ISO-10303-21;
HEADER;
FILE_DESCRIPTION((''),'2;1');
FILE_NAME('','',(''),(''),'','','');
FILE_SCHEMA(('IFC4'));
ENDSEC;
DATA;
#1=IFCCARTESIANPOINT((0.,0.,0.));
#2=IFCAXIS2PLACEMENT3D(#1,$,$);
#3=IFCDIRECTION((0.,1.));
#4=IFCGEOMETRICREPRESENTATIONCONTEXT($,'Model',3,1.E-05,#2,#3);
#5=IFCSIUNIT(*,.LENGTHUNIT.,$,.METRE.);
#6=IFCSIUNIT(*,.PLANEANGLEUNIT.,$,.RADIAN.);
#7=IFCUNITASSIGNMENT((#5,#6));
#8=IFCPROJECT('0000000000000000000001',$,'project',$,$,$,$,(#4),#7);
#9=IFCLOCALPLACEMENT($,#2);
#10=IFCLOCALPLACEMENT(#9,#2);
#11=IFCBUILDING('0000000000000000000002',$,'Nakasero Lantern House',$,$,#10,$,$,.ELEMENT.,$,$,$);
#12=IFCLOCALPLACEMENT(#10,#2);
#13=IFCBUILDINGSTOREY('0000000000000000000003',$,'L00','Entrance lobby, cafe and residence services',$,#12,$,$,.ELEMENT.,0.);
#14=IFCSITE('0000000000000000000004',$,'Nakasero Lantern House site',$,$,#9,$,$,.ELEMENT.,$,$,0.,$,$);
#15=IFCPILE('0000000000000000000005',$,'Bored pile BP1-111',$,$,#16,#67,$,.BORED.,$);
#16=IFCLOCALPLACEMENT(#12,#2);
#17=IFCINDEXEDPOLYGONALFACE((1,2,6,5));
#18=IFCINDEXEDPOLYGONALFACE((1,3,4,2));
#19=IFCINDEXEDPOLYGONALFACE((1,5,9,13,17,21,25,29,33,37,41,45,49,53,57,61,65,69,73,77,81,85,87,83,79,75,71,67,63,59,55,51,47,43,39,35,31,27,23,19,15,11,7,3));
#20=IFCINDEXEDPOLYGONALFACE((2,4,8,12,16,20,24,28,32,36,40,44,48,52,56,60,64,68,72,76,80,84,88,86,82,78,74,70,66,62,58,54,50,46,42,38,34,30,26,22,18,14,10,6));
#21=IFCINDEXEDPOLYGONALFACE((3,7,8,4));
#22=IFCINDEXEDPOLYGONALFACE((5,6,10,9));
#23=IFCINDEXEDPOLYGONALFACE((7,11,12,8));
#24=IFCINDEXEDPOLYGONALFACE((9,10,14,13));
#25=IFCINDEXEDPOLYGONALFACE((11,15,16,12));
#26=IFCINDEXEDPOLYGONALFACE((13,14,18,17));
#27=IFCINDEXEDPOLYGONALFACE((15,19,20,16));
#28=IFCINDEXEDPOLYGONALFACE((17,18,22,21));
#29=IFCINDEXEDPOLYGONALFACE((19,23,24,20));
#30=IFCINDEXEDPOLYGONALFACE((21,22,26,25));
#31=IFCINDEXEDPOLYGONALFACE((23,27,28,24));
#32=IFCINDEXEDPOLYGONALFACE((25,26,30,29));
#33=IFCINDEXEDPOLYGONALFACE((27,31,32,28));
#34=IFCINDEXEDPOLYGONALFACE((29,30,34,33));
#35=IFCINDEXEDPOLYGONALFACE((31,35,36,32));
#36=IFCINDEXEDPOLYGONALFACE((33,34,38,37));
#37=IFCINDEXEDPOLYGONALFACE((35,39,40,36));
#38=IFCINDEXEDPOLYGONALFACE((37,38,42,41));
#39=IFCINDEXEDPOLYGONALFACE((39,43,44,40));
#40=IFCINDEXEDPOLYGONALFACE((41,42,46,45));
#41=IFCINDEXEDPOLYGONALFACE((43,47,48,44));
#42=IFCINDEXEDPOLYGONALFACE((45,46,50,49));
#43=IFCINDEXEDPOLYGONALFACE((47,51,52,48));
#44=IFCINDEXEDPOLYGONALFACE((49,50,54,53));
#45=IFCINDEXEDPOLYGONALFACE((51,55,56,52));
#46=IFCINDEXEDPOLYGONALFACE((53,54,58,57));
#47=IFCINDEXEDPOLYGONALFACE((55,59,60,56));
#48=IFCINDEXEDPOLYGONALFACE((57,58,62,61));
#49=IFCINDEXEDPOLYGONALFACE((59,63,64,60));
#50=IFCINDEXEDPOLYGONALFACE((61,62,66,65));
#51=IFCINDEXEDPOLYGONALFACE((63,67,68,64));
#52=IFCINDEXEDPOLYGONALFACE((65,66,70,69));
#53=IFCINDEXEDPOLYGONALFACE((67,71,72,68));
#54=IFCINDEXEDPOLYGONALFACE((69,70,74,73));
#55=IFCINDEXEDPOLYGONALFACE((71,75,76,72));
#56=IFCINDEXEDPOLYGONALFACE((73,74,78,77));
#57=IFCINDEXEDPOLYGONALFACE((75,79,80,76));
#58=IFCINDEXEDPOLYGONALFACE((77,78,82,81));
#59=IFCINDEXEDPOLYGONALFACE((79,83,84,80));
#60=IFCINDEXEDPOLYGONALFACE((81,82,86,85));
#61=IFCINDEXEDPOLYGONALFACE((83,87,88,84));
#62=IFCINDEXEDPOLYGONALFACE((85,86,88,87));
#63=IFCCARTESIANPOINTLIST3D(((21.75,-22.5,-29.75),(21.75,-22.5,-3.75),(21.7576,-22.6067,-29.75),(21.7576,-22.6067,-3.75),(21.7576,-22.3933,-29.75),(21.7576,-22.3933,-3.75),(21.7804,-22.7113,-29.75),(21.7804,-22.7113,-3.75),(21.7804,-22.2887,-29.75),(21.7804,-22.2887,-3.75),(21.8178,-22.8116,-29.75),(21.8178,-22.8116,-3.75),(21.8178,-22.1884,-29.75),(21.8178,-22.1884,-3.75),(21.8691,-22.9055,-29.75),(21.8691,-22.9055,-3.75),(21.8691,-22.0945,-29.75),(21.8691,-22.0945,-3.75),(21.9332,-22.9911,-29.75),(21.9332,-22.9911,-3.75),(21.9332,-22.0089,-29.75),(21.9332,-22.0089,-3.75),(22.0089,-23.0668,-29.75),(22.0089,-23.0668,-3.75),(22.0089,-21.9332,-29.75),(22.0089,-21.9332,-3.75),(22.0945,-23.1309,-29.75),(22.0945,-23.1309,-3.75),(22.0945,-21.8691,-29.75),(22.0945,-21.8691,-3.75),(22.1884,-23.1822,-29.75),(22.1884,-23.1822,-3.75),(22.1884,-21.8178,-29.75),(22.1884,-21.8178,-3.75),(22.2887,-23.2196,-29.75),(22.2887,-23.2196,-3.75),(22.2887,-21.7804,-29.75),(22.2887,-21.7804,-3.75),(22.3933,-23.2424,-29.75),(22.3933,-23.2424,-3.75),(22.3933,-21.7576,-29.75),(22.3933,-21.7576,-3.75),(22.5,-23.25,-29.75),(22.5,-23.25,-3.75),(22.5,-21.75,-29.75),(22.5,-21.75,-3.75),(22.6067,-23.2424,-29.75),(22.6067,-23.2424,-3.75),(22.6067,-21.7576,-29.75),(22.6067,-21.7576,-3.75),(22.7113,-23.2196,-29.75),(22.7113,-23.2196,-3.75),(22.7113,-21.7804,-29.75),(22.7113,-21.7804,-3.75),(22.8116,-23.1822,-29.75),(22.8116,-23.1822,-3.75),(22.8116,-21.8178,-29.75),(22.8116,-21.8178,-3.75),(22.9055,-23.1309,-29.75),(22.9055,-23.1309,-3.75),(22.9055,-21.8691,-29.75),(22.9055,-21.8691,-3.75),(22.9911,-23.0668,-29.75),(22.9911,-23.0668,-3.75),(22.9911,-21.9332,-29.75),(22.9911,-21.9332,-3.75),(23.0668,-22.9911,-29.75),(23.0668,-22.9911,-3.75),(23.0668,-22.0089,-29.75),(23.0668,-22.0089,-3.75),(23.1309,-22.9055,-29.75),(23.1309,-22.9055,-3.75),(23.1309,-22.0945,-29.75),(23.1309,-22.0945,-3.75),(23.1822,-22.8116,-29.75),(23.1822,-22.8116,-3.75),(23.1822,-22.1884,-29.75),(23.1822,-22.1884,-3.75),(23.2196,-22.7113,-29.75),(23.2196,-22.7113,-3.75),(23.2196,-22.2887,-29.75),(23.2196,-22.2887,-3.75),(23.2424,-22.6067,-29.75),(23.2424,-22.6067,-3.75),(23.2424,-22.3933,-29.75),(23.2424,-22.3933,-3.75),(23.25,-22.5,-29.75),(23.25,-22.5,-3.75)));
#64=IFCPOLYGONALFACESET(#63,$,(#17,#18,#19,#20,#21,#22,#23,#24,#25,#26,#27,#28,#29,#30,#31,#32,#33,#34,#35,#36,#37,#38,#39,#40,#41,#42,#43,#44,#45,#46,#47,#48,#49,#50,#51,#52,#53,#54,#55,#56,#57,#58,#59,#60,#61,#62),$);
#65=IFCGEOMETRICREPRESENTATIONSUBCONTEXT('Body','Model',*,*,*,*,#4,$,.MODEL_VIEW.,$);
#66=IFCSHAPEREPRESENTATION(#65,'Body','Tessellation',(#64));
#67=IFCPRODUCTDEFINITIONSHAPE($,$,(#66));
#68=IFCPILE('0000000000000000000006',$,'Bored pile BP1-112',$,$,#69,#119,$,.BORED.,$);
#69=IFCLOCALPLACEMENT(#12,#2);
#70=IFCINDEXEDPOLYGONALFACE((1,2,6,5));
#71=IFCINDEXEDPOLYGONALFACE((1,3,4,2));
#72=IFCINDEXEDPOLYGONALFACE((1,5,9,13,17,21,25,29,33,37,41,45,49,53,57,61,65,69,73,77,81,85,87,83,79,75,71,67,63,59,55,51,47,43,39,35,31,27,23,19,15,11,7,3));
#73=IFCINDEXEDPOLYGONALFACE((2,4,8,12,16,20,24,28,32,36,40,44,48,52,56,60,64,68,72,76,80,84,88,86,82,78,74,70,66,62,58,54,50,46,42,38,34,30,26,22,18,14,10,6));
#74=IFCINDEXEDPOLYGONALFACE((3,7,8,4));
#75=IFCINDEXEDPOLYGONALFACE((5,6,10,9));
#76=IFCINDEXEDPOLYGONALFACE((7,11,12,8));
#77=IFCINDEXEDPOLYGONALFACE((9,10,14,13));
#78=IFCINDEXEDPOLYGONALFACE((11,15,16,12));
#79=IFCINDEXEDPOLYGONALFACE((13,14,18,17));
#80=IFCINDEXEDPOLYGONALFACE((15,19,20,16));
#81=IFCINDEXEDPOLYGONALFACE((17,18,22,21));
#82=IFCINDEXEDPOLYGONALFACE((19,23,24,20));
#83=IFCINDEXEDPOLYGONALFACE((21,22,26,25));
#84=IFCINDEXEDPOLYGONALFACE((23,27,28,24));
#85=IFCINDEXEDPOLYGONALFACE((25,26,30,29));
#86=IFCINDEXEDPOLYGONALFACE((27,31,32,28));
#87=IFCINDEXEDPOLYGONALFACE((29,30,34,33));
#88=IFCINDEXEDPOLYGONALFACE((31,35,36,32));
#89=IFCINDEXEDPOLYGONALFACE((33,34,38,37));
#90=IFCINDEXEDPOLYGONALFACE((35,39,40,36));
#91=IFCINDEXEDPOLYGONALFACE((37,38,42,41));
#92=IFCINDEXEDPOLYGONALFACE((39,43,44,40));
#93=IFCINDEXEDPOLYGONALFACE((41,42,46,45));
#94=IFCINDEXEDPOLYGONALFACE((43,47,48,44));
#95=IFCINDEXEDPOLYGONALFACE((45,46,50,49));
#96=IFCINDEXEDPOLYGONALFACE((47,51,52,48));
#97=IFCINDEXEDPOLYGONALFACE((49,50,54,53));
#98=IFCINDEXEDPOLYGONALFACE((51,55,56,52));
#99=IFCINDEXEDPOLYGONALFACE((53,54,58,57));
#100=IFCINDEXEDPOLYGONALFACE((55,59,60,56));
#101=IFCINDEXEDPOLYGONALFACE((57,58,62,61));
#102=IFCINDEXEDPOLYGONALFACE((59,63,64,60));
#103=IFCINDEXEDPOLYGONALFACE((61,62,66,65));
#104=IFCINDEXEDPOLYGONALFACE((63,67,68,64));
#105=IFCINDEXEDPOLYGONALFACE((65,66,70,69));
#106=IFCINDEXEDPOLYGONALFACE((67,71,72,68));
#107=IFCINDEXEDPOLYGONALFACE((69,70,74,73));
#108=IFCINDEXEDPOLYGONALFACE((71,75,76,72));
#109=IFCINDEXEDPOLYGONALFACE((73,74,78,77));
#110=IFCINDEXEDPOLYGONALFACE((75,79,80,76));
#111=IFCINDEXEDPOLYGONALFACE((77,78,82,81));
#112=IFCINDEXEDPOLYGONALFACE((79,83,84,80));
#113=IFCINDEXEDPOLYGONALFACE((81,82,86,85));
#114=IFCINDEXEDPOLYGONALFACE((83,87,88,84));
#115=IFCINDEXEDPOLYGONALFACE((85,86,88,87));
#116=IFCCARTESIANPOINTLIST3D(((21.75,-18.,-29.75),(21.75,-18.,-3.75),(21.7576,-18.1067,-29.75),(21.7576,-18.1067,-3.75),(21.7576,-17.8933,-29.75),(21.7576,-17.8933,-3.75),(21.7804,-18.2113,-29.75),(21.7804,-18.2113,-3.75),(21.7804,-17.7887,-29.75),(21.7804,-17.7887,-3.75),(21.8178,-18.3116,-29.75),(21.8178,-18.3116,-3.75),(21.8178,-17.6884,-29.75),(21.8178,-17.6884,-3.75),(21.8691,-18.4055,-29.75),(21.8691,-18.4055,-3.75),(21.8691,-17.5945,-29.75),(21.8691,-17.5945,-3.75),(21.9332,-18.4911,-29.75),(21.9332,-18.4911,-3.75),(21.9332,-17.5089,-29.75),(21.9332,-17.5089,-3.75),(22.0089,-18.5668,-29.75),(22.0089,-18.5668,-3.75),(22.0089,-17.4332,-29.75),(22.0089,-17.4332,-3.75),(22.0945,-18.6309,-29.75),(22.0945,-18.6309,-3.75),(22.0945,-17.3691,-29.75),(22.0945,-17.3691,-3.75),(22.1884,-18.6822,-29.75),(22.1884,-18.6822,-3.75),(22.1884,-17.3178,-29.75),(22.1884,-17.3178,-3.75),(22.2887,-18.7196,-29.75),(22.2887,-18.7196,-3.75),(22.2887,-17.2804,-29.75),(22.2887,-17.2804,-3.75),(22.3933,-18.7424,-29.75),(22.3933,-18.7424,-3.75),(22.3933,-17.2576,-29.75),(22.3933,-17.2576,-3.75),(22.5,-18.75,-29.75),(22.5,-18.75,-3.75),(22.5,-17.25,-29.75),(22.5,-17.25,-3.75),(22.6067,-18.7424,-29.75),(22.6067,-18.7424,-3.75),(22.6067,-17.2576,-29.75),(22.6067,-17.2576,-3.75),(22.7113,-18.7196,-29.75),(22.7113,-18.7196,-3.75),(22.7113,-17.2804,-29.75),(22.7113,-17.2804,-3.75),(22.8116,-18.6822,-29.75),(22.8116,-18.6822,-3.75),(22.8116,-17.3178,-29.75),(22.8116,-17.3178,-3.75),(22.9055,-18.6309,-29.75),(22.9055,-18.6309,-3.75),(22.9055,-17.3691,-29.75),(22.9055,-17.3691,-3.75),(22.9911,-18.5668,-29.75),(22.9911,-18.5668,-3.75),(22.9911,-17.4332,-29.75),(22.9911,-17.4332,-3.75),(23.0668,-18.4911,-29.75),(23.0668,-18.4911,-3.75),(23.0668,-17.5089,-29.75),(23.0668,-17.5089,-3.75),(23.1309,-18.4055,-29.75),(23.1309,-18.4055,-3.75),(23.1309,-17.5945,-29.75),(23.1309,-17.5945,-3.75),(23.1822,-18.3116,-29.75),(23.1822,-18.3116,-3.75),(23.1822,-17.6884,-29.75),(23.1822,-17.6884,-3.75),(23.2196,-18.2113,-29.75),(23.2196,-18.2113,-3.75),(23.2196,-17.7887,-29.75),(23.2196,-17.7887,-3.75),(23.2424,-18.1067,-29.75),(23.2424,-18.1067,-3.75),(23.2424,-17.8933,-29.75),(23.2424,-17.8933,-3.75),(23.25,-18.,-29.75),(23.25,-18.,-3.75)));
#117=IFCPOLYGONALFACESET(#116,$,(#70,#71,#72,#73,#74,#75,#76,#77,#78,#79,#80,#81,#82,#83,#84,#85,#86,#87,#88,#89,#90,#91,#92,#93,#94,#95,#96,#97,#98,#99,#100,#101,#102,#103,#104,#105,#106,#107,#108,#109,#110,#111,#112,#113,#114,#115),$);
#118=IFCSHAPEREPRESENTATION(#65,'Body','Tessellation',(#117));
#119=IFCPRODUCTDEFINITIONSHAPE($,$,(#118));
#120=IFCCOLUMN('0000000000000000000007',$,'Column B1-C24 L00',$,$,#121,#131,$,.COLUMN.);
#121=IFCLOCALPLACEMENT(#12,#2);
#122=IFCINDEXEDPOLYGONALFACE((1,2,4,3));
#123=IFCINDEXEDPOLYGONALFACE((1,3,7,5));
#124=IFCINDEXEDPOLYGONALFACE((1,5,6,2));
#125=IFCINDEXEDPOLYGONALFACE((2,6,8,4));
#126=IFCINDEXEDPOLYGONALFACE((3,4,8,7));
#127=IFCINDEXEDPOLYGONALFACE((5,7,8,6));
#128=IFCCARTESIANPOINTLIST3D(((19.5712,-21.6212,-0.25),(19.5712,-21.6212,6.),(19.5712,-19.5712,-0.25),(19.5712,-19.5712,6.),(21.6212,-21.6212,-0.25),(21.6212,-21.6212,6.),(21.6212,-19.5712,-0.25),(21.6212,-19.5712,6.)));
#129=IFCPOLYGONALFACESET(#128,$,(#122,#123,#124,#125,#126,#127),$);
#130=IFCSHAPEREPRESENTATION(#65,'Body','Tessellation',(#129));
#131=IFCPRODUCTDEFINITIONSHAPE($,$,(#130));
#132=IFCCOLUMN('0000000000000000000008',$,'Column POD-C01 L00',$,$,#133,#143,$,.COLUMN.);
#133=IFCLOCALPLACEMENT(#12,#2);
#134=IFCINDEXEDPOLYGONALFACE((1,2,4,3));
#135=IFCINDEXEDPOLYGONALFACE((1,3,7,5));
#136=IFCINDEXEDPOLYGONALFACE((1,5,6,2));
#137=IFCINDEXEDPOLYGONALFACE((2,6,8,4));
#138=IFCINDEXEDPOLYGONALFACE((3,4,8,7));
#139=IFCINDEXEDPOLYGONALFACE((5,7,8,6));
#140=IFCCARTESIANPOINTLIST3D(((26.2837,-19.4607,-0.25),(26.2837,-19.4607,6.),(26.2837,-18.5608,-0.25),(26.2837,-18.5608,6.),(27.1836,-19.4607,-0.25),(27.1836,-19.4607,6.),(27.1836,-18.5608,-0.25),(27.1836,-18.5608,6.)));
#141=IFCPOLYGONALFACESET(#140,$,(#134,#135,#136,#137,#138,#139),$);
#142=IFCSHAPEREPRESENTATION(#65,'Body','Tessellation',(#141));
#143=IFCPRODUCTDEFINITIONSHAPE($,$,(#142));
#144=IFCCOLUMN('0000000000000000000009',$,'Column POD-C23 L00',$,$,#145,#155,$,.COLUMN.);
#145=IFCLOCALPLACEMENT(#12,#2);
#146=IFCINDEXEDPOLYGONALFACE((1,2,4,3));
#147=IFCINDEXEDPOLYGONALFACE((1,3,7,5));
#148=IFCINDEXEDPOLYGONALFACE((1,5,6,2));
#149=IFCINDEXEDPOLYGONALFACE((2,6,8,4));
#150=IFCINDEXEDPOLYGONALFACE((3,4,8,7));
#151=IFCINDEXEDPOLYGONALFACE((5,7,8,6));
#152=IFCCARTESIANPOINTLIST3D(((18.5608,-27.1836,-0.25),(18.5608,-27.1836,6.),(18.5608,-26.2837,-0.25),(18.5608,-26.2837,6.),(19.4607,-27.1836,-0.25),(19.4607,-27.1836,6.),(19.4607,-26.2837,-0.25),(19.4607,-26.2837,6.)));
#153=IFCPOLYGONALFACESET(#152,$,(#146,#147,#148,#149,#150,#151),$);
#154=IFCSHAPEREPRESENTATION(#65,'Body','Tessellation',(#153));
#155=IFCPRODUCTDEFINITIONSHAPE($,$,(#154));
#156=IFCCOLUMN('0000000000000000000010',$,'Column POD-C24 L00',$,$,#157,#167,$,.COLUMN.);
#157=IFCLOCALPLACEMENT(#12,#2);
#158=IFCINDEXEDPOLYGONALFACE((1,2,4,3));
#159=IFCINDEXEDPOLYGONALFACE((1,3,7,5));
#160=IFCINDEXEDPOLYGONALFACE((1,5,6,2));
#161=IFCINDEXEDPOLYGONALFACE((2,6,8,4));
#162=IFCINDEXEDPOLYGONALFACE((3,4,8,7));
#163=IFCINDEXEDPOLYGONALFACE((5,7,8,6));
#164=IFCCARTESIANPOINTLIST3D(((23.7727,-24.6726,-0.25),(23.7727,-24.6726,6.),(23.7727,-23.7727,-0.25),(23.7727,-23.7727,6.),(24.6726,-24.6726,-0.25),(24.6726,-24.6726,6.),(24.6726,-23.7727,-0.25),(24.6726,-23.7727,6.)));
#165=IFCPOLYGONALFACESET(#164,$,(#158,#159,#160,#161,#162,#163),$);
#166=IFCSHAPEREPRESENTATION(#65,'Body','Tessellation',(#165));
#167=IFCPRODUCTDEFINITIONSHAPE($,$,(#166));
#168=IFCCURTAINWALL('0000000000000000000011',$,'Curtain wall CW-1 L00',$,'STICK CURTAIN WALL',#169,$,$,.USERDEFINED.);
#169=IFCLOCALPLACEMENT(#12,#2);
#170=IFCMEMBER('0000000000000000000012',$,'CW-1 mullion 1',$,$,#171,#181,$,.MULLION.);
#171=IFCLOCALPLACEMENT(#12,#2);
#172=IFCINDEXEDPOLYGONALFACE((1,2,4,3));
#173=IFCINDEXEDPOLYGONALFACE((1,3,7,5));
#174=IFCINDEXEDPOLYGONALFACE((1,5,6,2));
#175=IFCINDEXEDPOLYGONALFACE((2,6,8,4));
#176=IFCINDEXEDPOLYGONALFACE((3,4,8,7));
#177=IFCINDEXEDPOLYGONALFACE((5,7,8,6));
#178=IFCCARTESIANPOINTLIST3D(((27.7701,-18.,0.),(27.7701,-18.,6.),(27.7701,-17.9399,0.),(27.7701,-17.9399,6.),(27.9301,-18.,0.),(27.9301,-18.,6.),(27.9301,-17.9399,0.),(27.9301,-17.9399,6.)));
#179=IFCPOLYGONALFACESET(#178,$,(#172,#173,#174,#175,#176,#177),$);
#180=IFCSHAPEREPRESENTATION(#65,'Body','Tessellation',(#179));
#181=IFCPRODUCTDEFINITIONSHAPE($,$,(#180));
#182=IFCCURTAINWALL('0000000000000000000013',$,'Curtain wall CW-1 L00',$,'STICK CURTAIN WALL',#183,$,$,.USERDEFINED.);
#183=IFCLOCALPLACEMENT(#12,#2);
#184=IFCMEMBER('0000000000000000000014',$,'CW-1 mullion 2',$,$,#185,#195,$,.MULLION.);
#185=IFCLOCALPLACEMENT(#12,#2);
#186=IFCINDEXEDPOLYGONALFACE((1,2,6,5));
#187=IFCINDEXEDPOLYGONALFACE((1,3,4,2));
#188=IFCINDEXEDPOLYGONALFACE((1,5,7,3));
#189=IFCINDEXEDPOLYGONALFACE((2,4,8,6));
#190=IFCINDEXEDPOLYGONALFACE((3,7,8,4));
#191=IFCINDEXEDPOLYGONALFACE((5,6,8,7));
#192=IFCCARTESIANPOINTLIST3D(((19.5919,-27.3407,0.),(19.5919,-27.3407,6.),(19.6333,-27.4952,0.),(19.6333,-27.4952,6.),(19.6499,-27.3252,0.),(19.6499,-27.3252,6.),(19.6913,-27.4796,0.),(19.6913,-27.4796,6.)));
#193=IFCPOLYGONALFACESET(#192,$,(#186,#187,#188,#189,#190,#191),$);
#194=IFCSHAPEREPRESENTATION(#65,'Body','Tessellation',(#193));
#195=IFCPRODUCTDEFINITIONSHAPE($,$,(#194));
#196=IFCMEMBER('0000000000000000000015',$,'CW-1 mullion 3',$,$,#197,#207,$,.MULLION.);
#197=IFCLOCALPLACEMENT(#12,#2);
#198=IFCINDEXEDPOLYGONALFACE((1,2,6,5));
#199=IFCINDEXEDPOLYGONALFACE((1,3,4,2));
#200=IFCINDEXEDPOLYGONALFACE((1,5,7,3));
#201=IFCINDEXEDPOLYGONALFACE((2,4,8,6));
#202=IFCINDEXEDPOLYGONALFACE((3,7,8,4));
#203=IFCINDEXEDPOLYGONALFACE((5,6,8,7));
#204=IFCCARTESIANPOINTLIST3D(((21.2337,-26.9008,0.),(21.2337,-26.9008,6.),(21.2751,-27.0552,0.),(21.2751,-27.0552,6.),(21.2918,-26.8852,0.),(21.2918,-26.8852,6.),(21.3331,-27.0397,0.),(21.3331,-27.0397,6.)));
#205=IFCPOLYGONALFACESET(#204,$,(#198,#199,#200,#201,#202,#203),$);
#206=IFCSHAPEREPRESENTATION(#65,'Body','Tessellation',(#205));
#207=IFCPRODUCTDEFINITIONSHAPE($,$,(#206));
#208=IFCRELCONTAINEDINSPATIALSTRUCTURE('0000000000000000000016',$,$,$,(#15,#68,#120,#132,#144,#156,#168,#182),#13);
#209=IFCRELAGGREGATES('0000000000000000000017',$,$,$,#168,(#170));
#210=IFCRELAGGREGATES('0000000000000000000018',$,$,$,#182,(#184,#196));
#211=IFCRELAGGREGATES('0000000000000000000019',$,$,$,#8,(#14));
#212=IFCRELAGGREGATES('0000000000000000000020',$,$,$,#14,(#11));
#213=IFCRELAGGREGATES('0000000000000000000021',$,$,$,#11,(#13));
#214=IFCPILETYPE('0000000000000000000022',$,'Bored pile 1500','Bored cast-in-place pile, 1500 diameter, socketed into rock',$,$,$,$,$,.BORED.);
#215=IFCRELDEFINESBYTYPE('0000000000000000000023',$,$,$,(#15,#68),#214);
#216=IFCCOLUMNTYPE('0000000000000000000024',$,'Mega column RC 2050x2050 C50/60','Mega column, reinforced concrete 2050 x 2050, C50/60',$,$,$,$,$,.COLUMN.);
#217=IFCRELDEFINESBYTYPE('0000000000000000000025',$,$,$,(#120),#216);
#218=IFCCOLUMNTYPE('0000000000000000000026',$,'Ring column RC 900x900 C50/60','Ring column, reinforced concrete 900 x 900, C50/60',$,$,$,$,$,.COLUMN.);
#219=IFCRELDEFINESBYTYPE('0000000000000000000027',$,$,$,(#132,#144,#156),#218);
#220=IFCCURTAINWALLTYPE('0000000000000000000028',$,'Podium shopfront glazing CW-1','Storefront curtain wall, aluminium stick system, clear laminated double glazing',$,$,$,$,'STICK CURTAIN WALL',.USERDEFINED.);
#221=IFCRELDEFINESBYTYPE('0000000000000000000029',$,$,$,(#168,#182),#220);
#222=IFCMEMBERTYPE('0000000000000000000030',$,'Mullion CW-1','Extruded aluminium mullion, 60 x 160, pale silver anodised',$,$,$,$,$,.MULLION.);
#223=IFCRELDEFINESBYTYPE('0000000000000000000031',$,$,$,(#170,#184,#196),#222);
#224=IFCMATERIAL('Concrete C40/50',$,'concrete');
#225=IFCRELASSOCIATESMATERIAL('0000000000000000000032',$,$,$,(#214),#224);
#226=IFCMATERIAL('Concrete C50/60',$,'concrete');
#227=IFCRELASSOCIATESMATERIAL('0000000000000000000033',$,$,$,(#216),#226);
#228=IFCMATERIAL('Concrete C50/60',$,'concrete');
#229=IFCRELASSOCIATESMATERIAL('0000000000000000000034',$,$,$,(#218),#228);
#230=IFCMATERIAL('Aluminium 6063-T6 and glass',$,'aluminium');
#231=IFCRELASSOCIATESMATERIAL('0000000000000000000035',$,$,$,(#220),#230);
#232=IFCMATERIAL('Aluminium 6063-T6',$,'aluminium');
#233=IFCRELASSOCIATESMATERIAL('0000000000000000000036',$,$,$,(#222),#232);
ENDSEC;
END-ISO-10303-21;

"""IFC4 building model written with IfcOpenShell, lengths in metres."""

from ifc_helpers import new_model, si_unit, direction, frame, origin, origin_2d, place, context, subcontext, project, spatial, rectangle, circle, extrude, material, material_profile, profile_set, type_object, element, aggregate, save


model = new_model("IFC4")

# Units and contexts
model_context = context("Model", 3, precision=1e-05, world=origin(), true_north=direction((0.0, 1.0)))
body_context = subcontext(model_context, "Body", "Model", "MODEL_VIEW")
ifc_project = project(units=[si_unit("LENGTHUNIT", "METRE"), si_unit("PLANEANGLEUNIT", "RADIAN")], contexts=[model_context])

# Site, building, storey
site_placement = place(None, origin())
site = spatial("IfcSite", under=ifc_project, at=site_placement, Name="Nakasero Lantern House site", CompositionType="ELEMENT", RefElevation=0.0)
building_placement = place(site_placement, origin())
building = spatial("IfcBuilding", under=site, at=building_placement, Name="Nakasero Lantern House", CompositionType="ELEMENT")
storey_placement = place(building_placement, origin())
storey = spatial("IfcBuildingStorey", under=building, at=storey_placement, Name="L00", Description="Entrance lobby, cafe and residence services", CompositionType="ELEMENT", Elevation=0.0)

# Piles
ifc_material_1 = material(Name="Concrete C40/50", Category="concrete")
pile_type = type_object("IfcPileType", Name="Bored pile 1500", Description="Bored cast-in-place pile, 1500 diameter, socketed into rock", PredefinedType="BORED", material=ifc_material_1)
for number, where, z_axis, x_axis, name in (
    (1, (22.5, -22.5, -3.75), (0.0, 0.0, -1.0), (1.0, 0.0, 0.0), "Bored pile BP1-111"),
    (2, (22.5, -18.0, -3.75), (0.0, 0.0, -1.0), (1.0, 0.0, 0.0), "Bored pile BP1-112"),
):
    element("IfcPile", number, at=place(storey_placement, frame(where, z_axis=z_axis, x_axis=x_axis)), inside=storey, type_object=pile_type, Name=name, PredefinedType="BORED", context=body_context, shape_type="SweptSolid", body=[
        extrude(circle(Radius=0.75, at=origin_2d()), origin(), (0.0, 0.0, 1.0), 26.0),
    ])

# Columns
ifc_material_2 = material(Name="Concrete C50/60", Category="concrete")
ifc_material_profile_1 = material_profile(ifc_material_2, rectangle(XDim=2.05, YDim=2.05, at=origin_2d()), Name="RC 2050x2050")
ifc_profile_set_1 = profile_set([ifc_material_profile_1], Name="Concrete C50/60")
column_type_1 = type_object("IfcColumnType", Name="Mega column RC 2050x2050 C50/60", Description="Mega column, reinforced concrete 2050 x 2050, C50/60", PredefinedType="COLUMN", material=ifc_profile_set_1)
column_placement = place(storey_placement, frame((20.5962, -20.5962, -0.25), z_axis=(0.0, 0.0, 1.0), x_axis=(1.0, 0.0, 0.0)))
element("IfcColumn", 3, at=column_placement, inside=storey, type_object=column_type_1, Name="Column B1-C24 L00", PredefinedType="COLUMN", context=body_context, shape_type="SweptSolid", body=[
    extrude(rectangle(XDim=2.05, YDim=2.05, at=origin_2d()), origin(), (0.0, 0.0, 1.0), 6.25),
])
ifc_material_3 = material(Name="Concrete C50/60", Category="concrete")
ifc_material_profile_2 = material_profile(ifc_material_3, rectangle(XDim=0.8999, YDim=0.8999, at=origin_2d()), Name="RC 900x900")
ifc_profile_set_2 = profile_set([ifc_material_profile_2], Name="Concrete C50/60")
column_type_2 = type_object("IfcColumnType", Name="Ring column RC 900x900 C50/60", Description="Ring column, reinforced concrete 900 x 900, C50/60", PredefinedType="COLUMN", material=ifc_profile_set_2)
for number, where, z_axis, x_axis, name in (
    (4, (26.7336, -19.0107, -0.25), (0.0, 0.0, 1.0), (1.0, 0.0, 0.0), "Column POD-C01 L00"),
    (5, (19.0107, -26.7336, -0.25), (0.0, 0.0, 1.0), (1.0, 0.0, 0.0), "Column POD-C23 L00"),
    (6, (24.2227, -24.2227, -0.25), (0.0, 0.0, 1.0), (1.0, 0.0, 0.0), "Column POD-C24 L00"),
):
    element("IfcColumn", number, at=place(storey_placement, frame(where, z_axis=z_axis, x_axis=x_axis)), inside=storey, type_object=column_type_2, Name=name, PredefinedType="COLUMN", context=body_context, shape_type="SweptSolid", body=[
        extrude(rectangle(XDim=0.8999, YDim=0.8999, at=origin_2d()), origin(), (0.0, 0.0, 1.0), 6.25),
    ])

# Curtain wall, member
ifc_material_4 = material(Name="Aluminium 6063-T6 and glass", Category="aluminium")
curtain_wall_type = type_object("IfcCurtainWallType", Name="Podium shopfront glazing CW-1", Description="Storefront curtain wall, aluminium stick system, clear laminated double glazing", ElementType="STICK CURTAIN WALL", PredefinedType="USERDEFINED", material=ifc_material_4)
curtain_wall_1_placement = place(storey_placement, origin())
curtain_wall_1 = element("IfcCurtainWall", 7, at=curtain_wall_1_placement, inside=storey, type_object=curtain_wall_type, Name="Curtain wall CW-1 L00", ObjectType="STICK CURTAIN WALL", PredefinedType="USERDEFINED")
ifc_material_5 = material(Name="Aluminium 6063-T6", Category="aluminium")
ifc_material_profile_3 = material_profile(ifc_material_5, rectangle(XDim=0.0601, YDim=0.1599, at=origin_2d()), Name="CW-1 mullion 60x160")
ifc_profile_set_3 = profile_set([ifc_material_profile_3], Name="Aluminium 6063-T6")
member_type_1 = type_object("IfcMemberType", Name="Mullion CW-1", Description="Extruded aluminium mullion, 60 x 160, pale silver anodised", PredefinedType="MULLION", material=ifc_profile_set_3)
member_1_placement = place(storey_placement, frame((27.8501, -17.97, 0.0), z_axis=(0.0, 0.0, 1.0), x_axis=(0.0, 1.0, 0.0)))
member_1 = element("IfcMember", 8, at=member_1_placement, type_object=member_type_1, Name="CW-1 mullion 1", PredefinedType="MULLION", context=body_context, shape_type="SweptSolid", body=[
    extrude(rectangle(XDim=0.0601, YDim=0.1599, at=origin_2d()), origin(), (0.0, 0.0, 1.0), 6.0),
])

# Curtain wall, members
curtain_wall_2_placement = place(storey_placement, origin())
curtain_wall_2 = element("IfcCurtainWall", 9, at=curtain_wall_2_placement, inside=storey, type_object=curtain_wall_type, Name="Curtain wall CW-1 L00", ObjectType="STICK CURTAIN WALL", PredefinedType="USERDEFINED")
member_2_placement = place(storey_placement, frame((19.6416, -27.4102, 0.0), z_axis=(0.0, 0.0, 1.0), x_axis=(0.965926, 0.258819, 0.0)))
member_2 = element("IfcMember", 10, at=member_2_placement, type_object=member_type_1, Name="CW-1 mullion 2", PredefinedType="MULLION", context=body_context, shape_type="SweptSolid", body=[
    extrude(rectangle(XDim=0.0601, YDim=0.1599, at=origin_2d()), origin(), (0.0, 0.0, 1.0), 6.0),
])
member_3_placement = place(storey_placement, frame((21.2834, -26.9702, 0.0), z_axis=(0.0, 0.0, 1.0), x_axis=(0.965926, 0.258819, 0.0)))
member_3 = element("IfcMember", 11, at=member_3_placement, type_object=member_type_1, Name="CW-1 mullion 3", PredefinedType="MULLION", context=body_context, shape_type="SweptSolid", body=[
    extrude(rectangle(XDim=0.0601, YDim=0.1599, at=origin_2d()), origin(), (0.0, 0.0, 1.0), 6.0),
])

aggregate(curtain_wall_1, [member_1])

aggregate(curtain_wall_2, [member_2, member_3])

save(model, "model.ifc")
